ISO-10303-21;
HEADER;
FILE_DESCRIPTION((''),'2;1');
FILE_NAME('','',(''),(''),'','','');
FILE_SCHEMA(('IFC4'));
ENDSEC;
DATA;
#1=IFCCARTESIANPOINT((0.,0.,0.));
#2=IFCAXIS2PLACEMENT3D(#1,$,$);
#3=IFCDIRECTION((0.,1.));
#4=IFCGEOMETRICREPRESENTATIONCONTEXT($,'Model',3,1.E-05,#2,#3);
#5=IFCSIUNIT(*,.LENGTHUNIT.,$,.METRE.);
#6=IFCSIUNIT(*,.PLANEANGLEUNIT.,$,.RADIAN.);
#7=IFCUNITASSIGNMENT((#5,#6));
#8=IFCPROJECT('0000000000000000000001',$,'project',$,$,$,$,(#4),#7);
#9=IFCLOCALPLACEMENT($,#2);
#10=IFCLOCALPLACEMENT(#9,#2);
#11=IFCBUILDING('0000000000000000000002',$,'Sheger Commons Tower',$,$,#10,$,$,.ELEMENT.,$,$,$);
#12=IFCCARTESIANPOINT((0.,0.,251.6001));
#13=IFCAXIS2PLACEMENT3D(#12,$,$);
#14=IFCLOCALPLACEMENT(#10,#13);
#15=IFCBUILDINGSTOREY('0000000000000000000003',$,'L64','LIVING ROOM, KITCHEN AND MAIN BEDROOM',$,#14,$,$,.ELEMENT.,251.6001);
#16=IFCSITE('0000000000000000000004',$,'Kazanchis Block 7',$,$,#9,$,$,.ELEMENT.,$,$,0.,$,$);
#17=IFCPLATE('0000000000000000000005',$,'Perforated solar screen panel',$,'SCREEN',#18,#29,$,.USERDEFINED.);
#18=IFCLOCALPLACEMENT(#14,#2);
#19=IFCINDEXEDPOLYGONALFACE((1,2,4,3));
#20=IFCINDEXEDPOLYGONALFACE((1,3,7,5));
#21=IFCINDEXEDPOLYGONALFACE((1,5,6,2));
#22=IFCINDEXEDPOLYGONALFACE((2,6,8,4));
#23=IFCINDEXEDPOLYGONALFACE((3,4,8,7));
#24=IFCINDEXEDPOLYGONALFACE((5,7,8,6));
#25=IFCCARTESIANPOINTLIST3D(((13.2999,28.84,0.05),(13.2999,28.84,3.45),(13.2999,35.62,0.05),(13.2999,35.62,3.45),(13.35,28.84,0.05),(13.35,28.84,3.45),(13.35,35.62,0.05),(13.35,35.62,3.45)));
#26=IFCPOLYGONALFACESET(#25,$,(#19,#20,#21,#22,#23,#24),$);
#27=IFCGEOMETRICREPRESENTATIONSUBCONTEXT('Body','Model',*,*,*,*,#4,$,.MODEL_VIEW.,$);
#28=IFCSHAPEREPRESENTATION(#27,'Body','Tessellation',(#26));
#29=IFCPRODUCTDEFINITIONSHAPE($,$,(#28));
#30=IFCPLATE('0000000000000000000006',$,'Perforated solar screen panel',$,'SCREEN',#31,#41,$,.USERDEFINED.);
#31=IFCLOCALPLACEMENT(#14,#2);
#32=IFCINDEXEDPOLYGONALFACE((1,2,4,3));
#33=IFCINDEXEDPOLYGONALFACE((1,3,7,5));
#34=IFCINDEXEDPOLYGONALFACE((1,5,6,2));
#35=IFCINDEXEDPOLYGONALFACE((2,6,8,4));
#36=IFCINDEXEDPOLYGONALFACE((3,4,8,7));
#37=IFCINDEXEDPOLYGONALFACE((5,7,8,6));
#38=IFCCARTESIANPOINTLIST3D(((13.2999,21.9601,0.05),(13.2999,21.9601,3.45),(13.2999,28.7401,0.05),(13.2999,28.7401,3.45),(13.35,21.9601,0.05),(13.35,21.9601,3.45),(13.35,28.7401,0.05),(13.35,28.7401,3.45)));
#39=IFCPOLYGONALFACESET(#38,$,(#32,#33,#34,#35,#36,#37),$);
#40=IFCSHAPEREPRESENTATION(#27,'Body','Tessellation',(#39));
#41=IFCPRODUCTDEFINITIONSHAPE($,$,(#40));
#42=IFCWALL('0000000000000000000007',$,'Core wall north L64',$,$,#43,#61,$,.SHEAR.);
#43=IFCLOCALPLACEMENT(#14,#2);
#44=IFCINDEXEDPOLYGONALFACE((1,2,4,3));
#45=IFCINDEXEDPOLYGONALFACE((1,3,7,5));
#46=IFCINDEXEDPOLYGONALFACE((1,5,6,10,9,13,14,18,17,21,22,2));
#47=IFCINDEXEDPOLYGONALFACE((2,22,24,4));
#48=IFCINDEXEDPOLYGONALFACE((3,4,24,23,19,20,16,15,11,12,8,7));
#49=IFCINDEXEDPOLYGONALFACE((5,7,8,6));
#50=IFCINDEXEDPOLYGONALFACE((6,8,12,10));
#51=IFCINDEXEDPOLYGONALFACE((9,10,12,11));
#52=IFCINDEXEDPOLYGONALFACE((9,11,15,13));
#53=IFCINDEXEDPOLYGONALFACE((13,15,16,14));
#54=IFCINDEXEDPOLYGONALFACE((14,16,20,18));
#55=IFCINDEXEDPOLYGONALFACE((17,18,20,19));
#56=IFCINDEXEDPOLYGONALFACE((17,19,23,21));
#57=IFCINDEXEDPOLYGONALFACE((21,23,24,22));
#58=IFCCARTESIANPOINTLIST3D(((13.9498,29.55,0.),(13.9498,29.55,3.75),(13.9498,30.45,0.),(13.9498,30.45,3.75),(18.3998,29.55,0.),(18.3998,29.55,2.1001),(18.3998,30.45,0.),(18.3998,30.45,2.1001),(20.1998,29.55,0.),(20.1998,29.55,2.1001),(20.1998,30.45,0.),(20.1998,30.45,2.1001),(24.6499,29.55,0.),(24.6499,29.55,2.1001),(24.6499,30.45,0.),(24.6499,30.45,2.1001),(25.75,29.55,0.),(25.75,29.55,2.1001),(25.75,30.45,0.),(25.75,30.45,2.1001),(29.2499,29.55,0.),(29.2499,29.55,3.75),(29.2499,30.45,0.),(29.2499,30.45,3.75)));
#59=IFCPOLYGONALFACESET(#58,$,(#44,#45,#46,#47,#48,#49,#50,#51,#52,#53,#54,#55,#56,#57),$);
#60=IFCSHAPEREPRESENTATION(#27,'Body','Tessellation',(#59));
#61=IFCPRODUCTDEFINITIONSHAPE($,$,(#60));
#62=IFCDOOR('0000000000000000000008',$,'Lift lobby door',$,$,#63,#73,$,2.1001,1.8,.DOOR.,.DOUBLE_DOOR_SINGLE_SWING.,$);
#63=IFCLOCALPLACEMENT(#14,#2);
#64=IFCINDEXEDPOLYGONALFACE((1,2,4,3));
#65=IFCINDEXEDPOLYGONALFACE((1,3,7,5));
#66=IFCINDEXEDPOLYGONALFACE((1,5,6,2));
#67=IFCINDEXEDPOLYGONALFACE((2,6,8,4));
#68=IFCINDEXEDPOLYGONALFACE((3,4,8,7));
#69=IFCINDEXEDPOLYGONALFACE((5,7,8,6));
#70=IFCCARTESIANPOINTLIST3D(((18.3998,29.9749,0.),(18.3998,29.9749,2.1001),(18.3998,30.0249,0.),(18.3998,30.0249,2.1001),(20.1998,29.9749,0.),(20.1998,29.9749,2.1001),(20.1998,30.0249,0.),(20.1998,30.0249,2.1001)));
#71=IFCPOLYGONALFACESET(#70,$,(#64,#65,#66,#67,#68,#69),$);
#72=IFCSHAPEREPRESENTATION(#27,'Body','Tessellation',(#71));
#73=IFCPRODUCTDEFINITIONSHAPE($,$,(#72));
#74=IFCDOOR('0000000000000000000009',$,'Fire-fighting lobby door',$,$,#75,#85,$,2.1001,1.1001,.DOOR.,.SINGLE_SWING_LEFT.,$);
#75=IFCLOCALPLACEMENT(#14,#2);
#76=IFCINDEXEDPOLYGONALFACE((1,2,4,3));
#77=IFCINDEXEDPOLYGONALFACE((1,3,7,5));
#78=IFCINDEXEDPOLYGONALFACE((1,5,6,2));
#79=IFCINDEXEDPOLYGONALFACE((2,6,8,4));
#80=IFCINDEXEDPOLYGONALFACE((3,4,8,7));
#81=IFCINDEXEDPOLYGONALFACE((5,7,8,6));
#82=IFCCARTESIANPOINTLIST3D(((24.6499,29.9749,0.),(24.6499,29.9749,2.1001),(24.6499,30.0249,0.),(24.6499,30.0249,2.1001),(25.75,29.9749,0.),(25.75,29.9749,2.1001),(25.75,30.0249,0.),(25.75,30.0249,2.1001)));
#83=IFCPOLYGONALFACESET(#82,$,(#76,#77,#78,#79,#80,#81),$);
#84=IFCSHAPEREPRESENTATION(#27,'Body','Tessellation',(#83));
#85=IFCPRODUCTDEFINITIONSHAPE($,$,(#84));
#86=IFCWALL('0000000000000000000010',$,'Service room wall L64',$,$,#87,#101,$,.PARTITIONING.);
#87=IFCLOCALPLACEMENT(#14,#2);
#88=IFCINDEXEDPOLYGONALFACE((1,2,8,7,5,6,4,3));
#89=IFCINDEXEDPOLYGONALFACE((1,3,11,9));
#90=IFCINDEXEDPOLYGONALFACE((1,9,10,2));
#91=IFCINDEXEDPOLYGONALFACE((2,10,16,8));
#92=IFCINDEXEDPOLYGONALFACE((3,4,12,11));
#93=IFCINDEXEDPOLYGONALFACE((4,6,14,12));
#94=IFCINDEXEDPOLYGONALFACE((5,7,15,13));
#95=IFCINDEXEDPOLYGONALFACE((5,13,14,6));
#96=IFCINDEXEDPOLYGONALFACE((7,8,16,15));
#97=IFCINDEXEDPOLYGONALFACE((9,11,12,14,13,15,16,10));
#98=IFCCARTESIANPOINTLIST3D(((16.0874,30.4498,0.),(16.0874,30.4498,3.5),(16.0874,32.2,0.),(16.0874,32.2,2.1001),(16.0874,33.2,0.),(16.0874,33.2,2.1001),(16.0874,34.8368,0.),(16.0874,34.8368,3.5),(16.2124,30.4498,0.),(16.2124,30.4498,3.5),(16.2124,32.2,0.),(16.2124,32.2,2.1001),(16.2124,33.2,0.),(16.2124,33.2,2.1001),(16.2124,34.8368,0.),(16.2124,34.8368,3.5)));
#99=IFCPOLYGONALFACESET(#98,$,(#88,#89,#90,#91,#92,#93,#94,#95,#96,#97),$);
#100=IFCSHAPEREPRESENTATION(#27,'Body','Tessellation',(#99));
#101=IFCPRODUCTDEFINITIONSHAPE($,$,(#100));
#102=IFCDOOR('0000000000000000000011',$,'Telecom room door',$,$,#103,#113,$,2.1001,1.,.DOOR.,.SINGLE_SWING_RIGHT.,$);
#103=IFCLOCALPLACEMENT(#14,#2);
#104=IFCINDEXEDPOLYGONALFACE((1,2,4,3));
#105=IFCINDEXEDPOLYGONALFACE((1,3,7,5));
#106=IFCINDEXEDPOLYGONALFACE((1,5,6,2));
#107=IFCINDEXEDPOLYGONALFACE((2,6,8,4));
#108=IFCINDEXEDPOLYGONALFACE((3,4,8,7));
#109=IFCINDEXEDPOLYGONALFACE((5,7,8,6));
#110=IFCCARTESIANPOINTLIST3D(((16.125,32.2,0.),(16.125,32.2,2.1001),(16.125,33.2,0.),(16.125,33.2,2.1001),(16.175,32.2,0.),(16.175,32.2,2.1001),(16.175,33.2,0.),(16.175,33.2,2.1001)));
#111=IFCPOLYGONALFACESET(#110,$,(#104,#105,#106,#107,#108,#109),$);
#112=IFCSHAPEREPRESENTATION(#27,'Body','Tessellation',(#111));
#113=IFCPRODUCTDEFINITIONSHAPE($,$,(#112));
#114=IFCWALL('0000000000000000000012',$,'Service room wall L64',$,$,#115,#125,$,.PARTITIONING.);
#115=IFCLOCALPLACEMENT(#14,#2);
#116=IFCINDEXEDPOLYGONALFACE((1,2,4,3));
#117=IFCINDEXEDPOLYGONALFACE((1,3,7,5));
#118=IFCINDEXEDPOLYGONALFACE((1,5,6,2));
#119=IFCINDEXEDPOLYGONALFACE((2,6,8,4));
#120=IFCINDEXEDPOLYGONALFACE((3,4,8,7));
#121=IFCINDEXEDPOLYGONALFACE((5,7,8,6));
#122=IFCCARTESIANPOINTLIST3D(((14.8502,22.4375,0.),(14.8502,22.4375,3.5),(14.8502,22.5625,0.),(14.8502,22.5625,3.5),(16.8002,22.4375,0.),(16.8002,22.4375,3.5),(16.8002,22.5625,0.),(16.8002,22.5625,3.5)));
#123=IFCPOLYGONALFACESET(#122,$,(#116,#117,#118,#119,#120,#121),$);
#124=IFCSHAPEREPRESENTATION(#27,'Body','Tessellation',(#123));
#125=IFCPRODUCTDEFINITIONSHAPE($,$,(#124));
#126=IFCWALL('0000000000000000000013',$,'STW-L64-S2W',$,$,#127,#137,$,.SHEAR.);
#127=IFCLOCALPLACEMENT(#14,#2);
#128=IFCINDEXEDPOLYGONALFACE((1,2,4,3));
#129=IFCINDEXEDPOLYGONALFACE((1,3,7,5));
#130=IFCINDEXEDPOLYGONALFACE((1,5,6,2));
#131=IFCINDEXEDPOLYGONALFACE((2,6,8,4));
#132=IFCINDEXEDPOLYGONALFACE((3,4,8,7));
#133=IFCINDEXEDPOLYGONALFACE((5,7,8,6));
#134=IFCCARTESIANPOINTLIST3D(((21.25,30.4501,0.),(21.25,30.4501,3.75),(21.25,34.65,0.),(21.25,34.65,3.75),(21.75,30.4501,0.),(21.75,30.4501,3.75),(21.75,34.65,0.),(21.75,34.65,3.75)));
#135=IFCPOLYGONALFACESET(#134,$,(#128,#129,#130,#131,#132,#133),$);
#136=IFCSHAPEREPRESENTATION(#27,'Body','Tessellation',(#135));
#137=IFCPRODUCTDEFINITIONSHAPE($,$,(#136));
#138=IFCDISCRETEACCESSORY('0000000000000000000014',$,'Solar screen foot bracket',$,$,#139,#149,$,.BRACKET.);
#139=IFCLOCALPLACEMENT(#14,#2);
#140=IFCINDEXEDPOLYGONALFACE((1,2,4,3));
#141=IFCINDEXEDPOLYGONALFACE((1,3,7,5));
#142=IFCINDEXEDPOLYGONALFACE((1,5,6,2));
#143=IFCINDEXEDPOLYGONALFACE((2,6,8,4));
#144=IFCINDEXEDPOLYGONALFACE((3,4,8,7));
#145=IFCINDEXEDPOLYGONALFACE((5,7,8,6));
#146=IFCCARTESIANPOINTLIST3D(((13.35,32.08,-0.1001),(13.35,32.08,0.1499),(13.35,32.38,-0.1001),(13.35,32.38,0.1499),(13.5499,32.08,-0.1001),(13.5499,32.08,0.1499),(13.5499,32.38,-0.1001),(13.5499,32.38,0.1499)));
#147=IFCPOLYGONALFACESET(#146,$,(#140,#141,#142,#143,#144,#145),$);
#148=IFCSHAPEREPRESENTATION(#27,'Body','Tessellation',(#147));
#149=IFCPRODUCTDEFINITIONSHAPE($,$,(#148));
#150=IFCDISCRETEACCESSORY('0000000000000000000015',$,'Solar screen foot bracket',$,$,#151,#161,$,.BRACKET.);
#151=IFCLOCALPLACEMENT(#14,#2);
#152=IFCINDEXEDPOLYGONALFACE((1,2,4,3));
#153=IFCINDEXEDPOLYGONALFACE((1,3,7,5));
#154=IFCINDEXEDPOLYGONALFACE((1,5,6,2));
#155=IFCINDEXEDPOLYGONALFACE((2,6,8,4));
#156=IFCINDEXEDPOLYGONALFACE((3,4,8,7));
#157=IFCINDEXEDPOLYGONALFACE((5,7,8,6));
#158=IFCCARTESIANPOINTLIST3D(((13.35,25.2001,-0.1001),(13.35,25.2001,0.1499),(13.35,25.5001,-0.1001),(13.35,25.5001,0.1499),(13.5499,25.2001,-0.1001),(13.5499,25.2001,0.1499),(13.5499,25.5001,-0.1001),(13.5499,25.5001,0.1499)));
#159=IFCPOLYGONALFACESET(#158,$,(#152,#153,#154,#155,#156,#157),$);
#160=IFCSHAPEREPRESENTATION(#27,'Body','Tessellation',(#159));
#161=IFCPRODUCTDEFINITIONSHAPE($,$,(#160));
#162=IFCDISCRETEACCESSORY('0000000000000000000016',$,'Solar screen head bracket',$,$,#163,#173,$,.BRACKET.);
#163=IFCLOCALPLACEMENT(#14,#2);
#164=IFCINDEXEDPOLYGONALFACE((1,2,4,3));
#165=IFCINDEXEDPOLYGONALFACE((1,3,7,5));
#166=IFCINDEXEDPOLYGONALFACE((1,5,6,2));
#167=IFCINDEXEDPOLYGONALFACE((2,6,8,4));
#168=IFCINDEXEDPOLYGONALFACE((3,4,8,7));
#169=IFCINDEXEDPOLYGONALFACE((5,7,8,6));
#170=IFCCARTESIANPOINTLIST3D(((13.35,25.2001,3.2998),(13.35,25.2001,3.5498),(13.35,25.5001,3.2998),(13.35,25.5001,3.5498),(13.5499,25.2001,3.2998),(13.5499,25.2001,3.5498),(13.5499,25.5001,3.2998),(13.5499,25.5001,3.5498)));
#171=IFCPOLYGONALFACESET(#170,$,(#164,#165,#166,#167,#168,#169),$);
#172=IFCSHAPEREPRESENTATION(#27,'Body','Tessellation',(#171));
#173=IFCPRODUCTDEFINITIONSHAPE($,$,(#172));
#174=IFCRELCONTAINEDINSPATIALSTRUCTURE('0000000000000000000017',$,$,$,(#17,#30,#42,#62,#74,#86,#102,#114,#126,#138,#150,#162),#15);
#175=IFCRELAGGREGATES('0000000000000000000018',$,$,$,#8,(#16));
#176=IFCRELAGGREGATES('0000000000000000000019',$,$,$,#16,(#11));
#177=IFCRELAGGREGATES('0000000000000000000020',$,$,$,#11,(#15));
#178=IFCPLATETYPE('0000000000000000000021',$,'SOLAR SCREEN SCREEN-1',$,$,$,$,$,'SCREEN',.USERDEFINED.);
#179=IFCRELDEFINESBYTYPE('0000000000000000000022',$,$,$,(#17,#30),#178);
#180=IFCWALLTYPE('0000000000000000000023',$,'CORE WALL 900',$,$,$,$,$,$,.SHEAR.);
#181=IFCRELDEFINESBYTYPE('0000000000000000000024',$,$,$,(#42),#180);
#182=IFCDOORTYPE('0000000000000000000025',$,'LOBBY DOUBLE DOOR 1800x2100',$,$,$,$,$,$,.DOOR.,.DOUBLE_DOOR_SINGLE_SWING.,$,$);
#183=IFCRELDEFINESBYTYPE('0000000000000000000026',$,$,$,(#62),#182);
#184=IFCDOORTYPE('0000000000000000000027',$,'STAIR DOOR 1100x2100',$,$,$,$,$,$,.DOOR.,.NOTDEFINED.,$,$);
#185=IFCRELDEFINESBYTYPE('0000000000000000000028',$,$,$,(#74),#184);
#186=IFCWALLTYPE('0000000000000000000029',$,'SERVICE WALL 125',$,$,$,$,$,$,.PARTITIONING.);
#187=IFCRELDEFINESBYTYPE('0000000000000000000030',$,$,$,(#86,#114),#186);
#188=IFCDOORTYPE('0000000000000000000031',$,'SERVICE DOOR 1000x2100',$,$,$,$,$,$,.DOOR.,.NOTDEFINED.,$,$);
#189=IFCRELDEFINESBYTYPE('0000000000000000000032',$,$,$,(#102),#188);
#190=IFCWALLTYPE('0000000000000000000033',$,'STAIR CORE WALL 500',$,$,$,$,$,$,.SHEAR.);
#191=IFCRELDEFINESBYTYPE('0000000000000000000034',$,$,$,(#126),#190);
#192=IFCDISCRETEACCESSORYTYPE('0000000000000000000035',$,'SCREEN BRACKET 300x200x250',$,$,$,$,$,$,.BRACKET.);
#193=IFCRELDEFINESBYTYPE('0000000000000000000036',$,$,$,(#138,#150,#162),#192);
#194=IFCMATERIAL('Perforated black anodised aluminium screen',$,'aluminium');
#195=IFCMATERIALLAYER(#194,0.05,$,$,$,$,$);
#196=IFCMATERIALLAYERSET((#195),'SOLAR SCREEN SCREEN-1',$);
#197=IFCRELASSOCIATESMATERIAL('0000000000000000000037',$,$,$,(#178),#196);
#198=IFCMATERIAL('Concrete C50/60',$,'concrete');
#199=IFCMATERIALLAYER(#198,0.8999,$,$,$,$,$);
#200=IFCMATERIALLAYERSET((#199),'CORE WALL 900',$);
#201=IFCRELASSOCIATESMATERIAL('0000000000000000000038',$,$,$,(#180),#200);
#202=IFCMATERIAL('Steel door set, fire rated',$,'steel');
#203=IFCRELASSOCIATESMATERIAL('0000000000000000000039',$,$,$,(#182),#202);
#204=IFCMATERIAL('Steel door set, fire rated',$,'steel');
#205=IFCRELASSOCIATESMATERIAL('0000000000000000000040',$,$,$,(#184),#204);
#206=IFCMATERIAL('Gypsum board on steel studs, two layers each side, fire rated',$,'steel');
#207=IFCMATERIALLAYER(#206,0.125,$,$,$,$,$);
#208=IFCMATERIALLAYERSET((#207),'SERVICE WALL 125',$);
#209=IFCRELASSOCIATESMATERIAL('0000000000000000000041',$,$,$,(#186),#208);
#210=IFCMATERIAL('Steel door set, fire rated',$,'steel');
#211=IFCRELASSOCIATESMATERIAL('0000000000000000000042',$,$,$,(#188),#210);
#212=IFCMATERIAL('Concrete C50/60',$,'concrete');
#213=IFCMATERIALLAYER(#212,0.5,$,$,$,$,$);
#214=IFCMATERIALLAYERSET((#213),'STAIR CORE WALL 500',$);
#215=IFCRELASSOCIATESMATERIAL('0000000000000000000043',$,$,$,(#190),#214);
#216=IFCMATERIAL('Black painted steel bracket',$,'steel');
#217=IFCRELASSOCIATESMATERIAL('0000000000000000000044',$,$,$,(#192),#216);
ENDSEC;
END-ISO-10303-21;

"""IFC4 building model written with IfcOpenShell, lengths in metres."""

from ifc_helpers import new_model, si_unit, direction, frame, frame_2d, origin, origin_2d, place, context, subcontext, project, spatial, rectangle, extrude, material, layer, layer_set, type_object, element, fill, save


model = new_model("IFC4")

# Units and contexts
model_context = context("Model", 3, precision=1e-05, world=origin(), true_north=direction((0.0, 1.0)))
body_context = subcontext(model_context, "Body", "Model", "MODEL_VIEW")
ifc_project = project(units=[si_unit("LENGTHUNIT", "METRE"), si_unit("PLANEANGLEUNIT", "RADIAN")], contexts=[model_context])

# Site, building, storey
site_placement = place(None, origin())
site = spatial("IfcSite", under=ifc_project, at=site_placement, Name="Kazanchis Block 7", CompositionType="ELEMENT", RefElevation=0.0)
building_placement = place(site_placement, origin())
building = spatial("IfcBuilding", under=site, at=building_placement, Name="Sheger Commons Tower", CompositionType="ELEMENT")
storey_placement = place(building_placement, frame((0.0, 0.0, 251.6001)))
storey = spatial("IfcBuildingStorey", under=building, at=storey_placement, Name="L64", Description="LIVING ROOM, KITCHEN AND MAIN BEDROOM", CompositionType="ELEMENT", Elevation=251.6001)

# Plates
ifc_material_1 = material(Name="Perforated black anodised aluminium screen", Category="aluminium")
ifc_layer_1 = layer(ifc_material_1, 0.05)
ifc_layer_set_1 = layer_set([ifc_layer_1], Name="SOLAR SCREEN SCREEN-1")
plate_type = type_object("IfcPlateType", Name="SOLAR SCREEN SCREEN-1", ElementType="SCREEN", PredefinedType="USERDEFINED", material=ifc_layer_set_1)
for number, where, z_axis, x_axis, name in (
    (1, (13.325, 32.23, 0.05), (0.0, 0.0, 1.0), (0.0, -1.0, 0.0), "Perforated solar screen panel"),
    (2, (13.325, 25.3501, 0.05), (0.0, 0.0, 1.0), (0.0, -1.0, 0.0), "Perforated solar screen panel"),
):
    element("IfcPlate", number, at=place(storey_placement, frame(where, z_axis=z_axis, x_axis=x_axis)), inside=storey, type_object=plate_type, Name=name, ObjectType="SCREEN", PredefinedType="USERDEFINED", context=body_context, shape_type="SweptSolid", body=[
        extrude(rectangle(XDim=6.78, YDim=0.05, at=origin_2d()), origin(), (0.0, 0.0, 1.0), 3.3999),
    ])

# Wall, openings, doors
ifc_material_2 = material(Name="Concrete C50/60", Category="concrete")
ifc_layer_2 = layer(ifc_material_2, 0.8999)
ifc_layer_set_2 = layer_set([ifc_layer_2], Name="CORE WALL 900")
wall_type_1 = type_object("IfcWallType", Name="CORE WALL 900", PredefinedType="SHEAR", material=ifc_layer_set_2)
wall_1_placement = place(storey_placement, frame((13.95, 30.0, 0.0), z_axis=(0.0, 0.0, 1.0), x_axis=(1.0, 0.0, 0.0)))
wall_1 = element("IfcWall", 3, at=wall_1_placement, inside=storey, type_object=wall_type_1, Name="Core wall north L64", PredefinedType="SHEAR", context=body_context, shape_type="SweptSolid", body=[
    extrude(rectangle(XDim=15.3, YDim=0.8999, at=frame_2d((7.6499, 0.0))), origin(), (0.0, 0.0, 1.0), 3.75),
])
opening_1_placement = place(wall_1_placement, frame((4.45, 0.0, 0.0)))
opening_1 = element("IfcOpeningElement", 4, at=opening_1_placement, cuts=wall_1, PredefinedType="OPENING", context=body_context, shape_type="SweptSolid", body=[
    extrude(rectangle(XDim=1.8, YDim=2.1001, at=frame_2d((0.8999, 1.05))), frame((0.0, 0.46, 0.0), z_axis=(0.0, -1.0, 0.0), x_axis=(1.0, 0.0, 0.0)), (0.0, 0.0, 1.0), 0.9199),
])
opening_2_placement = place(wall_1_placement, frame((10.7, 0.0, 0.0)))
opening_2 = element("IfcOpeningElement", 5, at=opening_2_placement, cuts=wall_1, PredefinedType="OPENING", context=body_context, shape_type="SweptSolid", body=[
    extrude(rectangle(XDim=1.1001, YDim=2.1001, at=frame_2d((0.55, 1.05))), frame((0.0, 0.46, 0.0), z_axis=(0.0, -1.0, 0.0), x_axis=(1.0, 0.0, 0.0)), (0.0, 0.0, 1.0), 0.9199),
])
ifc_material_3 = material(Name="Steel door set, fire rated", Category="steel")
door_type_1 = type_object("IfcDoorType", Name="LOBBY DOUBLE DOOR 1800x2100", OperationType="DOUBLE_DOOR_SINGLE_SWING", PredefinedType="DOOR", material=ifc_material_3)
door_1_placement = place(opening_1_placement, origin())
door_1 = element("IfcDoor", 6, at=door_1_placement, inside=storey, type_object=door_type_1, Name="Lift lobby door", OperationType="DOUBLE_DOOR_SINGLE_SWING", OverallHeight=2.1001, OverallWidth=1.8, PredefinedType="DOOR", context=body_context, shape_type="SweptSolid", body=[
    extrude(rectangle(XDim=1.8, YDim=2.1001, at=frame_2d((0.8999, 1.05))), frame((0.0, 0.0249, 0.0), z_axis=(0.0, -1.0, 0.0), x_axis=(1.0, 0.0, 0.0)), (0.0, 0.0, 1.0), 0.05),
])
fill(opening_1, door_1)
ifc_material_4 = material(Name="Steel door set, fire rated", Category="steel")
door_type_2 = type_object("IfcDoorType", Name="STAIR DOOR 1100x2100", OperationType="NOTDEFINED", PredefinedType="DOOR", material=ifc_material_4)
door_2_placement = place(opening_2_placement, origin())
door_2 = element("IfcDoor", 7, at=door_2_placement, inside=storey, type_object=door_type_2, Name="Fire-fighting lobby door", OperationType="SINGLE_SWING_LEFT", OverallHeight=2.1001, OverallWidth=1.1001, PredefinedType="DOOR", context=body_context, shape_type="SweptSolid", body=[
    extrude(rectangle(XDim=1.1001, YDim=2.1001, at=frame_2d((0.55, 1.05))), frame((0.0, 0.0249, 0.0), z_axis=(0.0, -1.0, 0.0), x_axis=(1.0, 0.0, 0.0)), (0.0, 0.0, 1.0), 0.05),
])
fill(opening_2, door_2)

# Wall, opening, door
ifc_material_5 = material(Name="Gypsum board on steel studs, two layers each side, fire rated", Category="steel")
ifc_layer_3 = layer(ifc_material_5, 0.125)
ifc_layer_set_3 = layer_set([ifc_layer_3], Name="SERVICE WALL 125")
wall_type_2 = type_object("IfcWallType", Name="SERVICE WALL 125", PredefinedType="PARTITIONING", material=ifc_layer_set_3)
wall_2_placement = place(storey_placement, frame((16.1499, 30.45, 0.0), z_axis=(0.0, 0.0, 1.0), x_axis=(0.0, 1.0, 0.0)))
wall_2 = element("IfcWall", 8, at=wall_2_placement, inside=storey, type_object=wall_type_2, Name="Service room wall L64", PredefinedType="PARTITIONING", context=body_context, shape_type="SweptSolid", body=[
    extrude(rectangle(XDim=4.387, YDim=0.125, at=frame_2d((2.1934, 0.0))), origin(), (0.0, 0.0, 1.0), 3.5),
])
opening_3_placement = place(wall_2_placement, frame((1.75, 0.0, 0.0)))
opening_3 = element("IfcOpeningElement", 9, at=opening_3_placement, cuts=wall_2, PredefinedType="OPENING", context=body_context, shape_type="SweptSolid", body=[
    extrude(rectangle(XDim=1.0, YDim=2.1001, at=frame_2d((0.5, 1.05))), frame((0.0, 0.0725, 0.0), z_axis=(0.0, -1.0, 0.0), x_axis=(1.0, 0.0, 0.0)), (0.0, 0.0, 1.0), 0.145),
])
ifc_material_6 = material(Name="Steel door set, fire rated", Category="steel")
door_type_3 = type_object("IfcDoorType", Name="SERVICE DOOR 1000x2100", OperationType="NOTDEFINED", PredefinedType="DOOR", material=ifc_material_6)
door_3_placement = place(opening_3_placement, origin())
door_3 = element("IfcDoor", 10, at=door_3_placement, inside=storey, type_object=door_type_3, Name="Telecom room door", OperationType="SINGLE_SWING_RIGHT", OverallHeight=2.1001, OverallWidth=1.0, PredefinedType="DOOR", context=body_context, shape_type="SweptSolid", body=[
    extrude(rectangle(XDim=1.0, YDim=2.1001, at=frame_2d((0.5, 1.05))), frame((0.0, 0.0249, 0.0), z_axis=(0.0, -1.0, 0.0), x_axis=(1.0, 0.0, 0.0)), (0.0, 0.0, 1.0), 0.05),
])
fill(opening_3, door_3)

# Walls
wall_3_placement = place(storey_placement, frame((14.8501, 22.5, 0.0), z_axis=(0.0, 0.0, 1.0), x_axis=(1.0, 0.0, 0.0)))
element("IfcWall", 11, at=wall_3_placement, inside=storey, type_object=wall_type_2, Name="Service room wall L64", PredefinedType="PARTITIONING", context=body_context, shape_type="SweptSolid", body=[
    extrude(rectangle(XDim=1.95, YDim=0.125, at=frame_2d((0.9751, 0.0))), origin(), (0.0, 0.0, 1.0), 3.5),
])
ifc_material_7 = material(Name="Concrete C50/60", Category="concrete")
ifc_layer_4 = layer(ifc_material_7, 0.5)
ifc_layer_set_4 = layer_set([ifc_layer_4], Name="STAIR CORE WALL 500")
wall_type_3 = type_object("IfcWallType", Name="STAIR CORE WALL 500", PredefinedType="SHEAR", material=ifc_layer_set_4)
wall_4_placement = place(storey_placement, frame((21.5, 30.45, 0.0), z_axis=(0.0, 0.0, 1.0), x_axis=(0.0, 1.0, 0.0)))
element("IfcWall", 12, at=wall_4_placement, inside=storey, type_object=wall_type_3, Name="STW-L64-S2W", PredefinedType="SHEAR", context=body_context, shape_type="SweptSolid", body=[
    extrude(rectangle(XDim=4.2, YDim=0.5, at=frame_2d((2.1001, 0.0))), origin(), (0.0, 0.0, 1.0), 3.75),
])

# Discrete accessories
ifc_material_8 = material(Name="Black painted steel bracket", Category="steel")
discrete_accessory_type = type_object("IfcDiscreteAccessoryType", Name="SCREEN BRACKET 300x200x250", PredefinedType="BRACKET", material=ifc_material_8)
for number, where, z_axis, x_axis, name in (
    (13, (13.45, 32.23, -0.1001), (0.0, 0.0, 1.0), (0.0, -1.0, 0.0), "Solar screen foot bracket"),
    (14, (13.45, 25.3501, -0.1001), (0.0, 0.0, 1.0), (0.0, -1.0, 0.0), "Solar screen foot bracket"),
    (15, (13.45, 25.3501, 3.2998), (0.0, 0.0, 1.0), (0.0, -1.0, 0.0), "Solar screen head bracket"),
):
    element("IfcDiscreteAccessory", number, at=place(storey_placement, frame(where, z_axis=z_axis, x_axis=x_axis)), inside=storey, type_object=discrete_accessory_type, Name=name, PredefinedType="BRACKET", context=body_context, shape_type="SweptSolid", body=[
        extrude(rectangle(XDim=0.3, YDim=0.2, at=origin_2d()), origin(), (0.0, 0.0, 1.0), 0.25),
    ])

save(model, "model.ifc")
